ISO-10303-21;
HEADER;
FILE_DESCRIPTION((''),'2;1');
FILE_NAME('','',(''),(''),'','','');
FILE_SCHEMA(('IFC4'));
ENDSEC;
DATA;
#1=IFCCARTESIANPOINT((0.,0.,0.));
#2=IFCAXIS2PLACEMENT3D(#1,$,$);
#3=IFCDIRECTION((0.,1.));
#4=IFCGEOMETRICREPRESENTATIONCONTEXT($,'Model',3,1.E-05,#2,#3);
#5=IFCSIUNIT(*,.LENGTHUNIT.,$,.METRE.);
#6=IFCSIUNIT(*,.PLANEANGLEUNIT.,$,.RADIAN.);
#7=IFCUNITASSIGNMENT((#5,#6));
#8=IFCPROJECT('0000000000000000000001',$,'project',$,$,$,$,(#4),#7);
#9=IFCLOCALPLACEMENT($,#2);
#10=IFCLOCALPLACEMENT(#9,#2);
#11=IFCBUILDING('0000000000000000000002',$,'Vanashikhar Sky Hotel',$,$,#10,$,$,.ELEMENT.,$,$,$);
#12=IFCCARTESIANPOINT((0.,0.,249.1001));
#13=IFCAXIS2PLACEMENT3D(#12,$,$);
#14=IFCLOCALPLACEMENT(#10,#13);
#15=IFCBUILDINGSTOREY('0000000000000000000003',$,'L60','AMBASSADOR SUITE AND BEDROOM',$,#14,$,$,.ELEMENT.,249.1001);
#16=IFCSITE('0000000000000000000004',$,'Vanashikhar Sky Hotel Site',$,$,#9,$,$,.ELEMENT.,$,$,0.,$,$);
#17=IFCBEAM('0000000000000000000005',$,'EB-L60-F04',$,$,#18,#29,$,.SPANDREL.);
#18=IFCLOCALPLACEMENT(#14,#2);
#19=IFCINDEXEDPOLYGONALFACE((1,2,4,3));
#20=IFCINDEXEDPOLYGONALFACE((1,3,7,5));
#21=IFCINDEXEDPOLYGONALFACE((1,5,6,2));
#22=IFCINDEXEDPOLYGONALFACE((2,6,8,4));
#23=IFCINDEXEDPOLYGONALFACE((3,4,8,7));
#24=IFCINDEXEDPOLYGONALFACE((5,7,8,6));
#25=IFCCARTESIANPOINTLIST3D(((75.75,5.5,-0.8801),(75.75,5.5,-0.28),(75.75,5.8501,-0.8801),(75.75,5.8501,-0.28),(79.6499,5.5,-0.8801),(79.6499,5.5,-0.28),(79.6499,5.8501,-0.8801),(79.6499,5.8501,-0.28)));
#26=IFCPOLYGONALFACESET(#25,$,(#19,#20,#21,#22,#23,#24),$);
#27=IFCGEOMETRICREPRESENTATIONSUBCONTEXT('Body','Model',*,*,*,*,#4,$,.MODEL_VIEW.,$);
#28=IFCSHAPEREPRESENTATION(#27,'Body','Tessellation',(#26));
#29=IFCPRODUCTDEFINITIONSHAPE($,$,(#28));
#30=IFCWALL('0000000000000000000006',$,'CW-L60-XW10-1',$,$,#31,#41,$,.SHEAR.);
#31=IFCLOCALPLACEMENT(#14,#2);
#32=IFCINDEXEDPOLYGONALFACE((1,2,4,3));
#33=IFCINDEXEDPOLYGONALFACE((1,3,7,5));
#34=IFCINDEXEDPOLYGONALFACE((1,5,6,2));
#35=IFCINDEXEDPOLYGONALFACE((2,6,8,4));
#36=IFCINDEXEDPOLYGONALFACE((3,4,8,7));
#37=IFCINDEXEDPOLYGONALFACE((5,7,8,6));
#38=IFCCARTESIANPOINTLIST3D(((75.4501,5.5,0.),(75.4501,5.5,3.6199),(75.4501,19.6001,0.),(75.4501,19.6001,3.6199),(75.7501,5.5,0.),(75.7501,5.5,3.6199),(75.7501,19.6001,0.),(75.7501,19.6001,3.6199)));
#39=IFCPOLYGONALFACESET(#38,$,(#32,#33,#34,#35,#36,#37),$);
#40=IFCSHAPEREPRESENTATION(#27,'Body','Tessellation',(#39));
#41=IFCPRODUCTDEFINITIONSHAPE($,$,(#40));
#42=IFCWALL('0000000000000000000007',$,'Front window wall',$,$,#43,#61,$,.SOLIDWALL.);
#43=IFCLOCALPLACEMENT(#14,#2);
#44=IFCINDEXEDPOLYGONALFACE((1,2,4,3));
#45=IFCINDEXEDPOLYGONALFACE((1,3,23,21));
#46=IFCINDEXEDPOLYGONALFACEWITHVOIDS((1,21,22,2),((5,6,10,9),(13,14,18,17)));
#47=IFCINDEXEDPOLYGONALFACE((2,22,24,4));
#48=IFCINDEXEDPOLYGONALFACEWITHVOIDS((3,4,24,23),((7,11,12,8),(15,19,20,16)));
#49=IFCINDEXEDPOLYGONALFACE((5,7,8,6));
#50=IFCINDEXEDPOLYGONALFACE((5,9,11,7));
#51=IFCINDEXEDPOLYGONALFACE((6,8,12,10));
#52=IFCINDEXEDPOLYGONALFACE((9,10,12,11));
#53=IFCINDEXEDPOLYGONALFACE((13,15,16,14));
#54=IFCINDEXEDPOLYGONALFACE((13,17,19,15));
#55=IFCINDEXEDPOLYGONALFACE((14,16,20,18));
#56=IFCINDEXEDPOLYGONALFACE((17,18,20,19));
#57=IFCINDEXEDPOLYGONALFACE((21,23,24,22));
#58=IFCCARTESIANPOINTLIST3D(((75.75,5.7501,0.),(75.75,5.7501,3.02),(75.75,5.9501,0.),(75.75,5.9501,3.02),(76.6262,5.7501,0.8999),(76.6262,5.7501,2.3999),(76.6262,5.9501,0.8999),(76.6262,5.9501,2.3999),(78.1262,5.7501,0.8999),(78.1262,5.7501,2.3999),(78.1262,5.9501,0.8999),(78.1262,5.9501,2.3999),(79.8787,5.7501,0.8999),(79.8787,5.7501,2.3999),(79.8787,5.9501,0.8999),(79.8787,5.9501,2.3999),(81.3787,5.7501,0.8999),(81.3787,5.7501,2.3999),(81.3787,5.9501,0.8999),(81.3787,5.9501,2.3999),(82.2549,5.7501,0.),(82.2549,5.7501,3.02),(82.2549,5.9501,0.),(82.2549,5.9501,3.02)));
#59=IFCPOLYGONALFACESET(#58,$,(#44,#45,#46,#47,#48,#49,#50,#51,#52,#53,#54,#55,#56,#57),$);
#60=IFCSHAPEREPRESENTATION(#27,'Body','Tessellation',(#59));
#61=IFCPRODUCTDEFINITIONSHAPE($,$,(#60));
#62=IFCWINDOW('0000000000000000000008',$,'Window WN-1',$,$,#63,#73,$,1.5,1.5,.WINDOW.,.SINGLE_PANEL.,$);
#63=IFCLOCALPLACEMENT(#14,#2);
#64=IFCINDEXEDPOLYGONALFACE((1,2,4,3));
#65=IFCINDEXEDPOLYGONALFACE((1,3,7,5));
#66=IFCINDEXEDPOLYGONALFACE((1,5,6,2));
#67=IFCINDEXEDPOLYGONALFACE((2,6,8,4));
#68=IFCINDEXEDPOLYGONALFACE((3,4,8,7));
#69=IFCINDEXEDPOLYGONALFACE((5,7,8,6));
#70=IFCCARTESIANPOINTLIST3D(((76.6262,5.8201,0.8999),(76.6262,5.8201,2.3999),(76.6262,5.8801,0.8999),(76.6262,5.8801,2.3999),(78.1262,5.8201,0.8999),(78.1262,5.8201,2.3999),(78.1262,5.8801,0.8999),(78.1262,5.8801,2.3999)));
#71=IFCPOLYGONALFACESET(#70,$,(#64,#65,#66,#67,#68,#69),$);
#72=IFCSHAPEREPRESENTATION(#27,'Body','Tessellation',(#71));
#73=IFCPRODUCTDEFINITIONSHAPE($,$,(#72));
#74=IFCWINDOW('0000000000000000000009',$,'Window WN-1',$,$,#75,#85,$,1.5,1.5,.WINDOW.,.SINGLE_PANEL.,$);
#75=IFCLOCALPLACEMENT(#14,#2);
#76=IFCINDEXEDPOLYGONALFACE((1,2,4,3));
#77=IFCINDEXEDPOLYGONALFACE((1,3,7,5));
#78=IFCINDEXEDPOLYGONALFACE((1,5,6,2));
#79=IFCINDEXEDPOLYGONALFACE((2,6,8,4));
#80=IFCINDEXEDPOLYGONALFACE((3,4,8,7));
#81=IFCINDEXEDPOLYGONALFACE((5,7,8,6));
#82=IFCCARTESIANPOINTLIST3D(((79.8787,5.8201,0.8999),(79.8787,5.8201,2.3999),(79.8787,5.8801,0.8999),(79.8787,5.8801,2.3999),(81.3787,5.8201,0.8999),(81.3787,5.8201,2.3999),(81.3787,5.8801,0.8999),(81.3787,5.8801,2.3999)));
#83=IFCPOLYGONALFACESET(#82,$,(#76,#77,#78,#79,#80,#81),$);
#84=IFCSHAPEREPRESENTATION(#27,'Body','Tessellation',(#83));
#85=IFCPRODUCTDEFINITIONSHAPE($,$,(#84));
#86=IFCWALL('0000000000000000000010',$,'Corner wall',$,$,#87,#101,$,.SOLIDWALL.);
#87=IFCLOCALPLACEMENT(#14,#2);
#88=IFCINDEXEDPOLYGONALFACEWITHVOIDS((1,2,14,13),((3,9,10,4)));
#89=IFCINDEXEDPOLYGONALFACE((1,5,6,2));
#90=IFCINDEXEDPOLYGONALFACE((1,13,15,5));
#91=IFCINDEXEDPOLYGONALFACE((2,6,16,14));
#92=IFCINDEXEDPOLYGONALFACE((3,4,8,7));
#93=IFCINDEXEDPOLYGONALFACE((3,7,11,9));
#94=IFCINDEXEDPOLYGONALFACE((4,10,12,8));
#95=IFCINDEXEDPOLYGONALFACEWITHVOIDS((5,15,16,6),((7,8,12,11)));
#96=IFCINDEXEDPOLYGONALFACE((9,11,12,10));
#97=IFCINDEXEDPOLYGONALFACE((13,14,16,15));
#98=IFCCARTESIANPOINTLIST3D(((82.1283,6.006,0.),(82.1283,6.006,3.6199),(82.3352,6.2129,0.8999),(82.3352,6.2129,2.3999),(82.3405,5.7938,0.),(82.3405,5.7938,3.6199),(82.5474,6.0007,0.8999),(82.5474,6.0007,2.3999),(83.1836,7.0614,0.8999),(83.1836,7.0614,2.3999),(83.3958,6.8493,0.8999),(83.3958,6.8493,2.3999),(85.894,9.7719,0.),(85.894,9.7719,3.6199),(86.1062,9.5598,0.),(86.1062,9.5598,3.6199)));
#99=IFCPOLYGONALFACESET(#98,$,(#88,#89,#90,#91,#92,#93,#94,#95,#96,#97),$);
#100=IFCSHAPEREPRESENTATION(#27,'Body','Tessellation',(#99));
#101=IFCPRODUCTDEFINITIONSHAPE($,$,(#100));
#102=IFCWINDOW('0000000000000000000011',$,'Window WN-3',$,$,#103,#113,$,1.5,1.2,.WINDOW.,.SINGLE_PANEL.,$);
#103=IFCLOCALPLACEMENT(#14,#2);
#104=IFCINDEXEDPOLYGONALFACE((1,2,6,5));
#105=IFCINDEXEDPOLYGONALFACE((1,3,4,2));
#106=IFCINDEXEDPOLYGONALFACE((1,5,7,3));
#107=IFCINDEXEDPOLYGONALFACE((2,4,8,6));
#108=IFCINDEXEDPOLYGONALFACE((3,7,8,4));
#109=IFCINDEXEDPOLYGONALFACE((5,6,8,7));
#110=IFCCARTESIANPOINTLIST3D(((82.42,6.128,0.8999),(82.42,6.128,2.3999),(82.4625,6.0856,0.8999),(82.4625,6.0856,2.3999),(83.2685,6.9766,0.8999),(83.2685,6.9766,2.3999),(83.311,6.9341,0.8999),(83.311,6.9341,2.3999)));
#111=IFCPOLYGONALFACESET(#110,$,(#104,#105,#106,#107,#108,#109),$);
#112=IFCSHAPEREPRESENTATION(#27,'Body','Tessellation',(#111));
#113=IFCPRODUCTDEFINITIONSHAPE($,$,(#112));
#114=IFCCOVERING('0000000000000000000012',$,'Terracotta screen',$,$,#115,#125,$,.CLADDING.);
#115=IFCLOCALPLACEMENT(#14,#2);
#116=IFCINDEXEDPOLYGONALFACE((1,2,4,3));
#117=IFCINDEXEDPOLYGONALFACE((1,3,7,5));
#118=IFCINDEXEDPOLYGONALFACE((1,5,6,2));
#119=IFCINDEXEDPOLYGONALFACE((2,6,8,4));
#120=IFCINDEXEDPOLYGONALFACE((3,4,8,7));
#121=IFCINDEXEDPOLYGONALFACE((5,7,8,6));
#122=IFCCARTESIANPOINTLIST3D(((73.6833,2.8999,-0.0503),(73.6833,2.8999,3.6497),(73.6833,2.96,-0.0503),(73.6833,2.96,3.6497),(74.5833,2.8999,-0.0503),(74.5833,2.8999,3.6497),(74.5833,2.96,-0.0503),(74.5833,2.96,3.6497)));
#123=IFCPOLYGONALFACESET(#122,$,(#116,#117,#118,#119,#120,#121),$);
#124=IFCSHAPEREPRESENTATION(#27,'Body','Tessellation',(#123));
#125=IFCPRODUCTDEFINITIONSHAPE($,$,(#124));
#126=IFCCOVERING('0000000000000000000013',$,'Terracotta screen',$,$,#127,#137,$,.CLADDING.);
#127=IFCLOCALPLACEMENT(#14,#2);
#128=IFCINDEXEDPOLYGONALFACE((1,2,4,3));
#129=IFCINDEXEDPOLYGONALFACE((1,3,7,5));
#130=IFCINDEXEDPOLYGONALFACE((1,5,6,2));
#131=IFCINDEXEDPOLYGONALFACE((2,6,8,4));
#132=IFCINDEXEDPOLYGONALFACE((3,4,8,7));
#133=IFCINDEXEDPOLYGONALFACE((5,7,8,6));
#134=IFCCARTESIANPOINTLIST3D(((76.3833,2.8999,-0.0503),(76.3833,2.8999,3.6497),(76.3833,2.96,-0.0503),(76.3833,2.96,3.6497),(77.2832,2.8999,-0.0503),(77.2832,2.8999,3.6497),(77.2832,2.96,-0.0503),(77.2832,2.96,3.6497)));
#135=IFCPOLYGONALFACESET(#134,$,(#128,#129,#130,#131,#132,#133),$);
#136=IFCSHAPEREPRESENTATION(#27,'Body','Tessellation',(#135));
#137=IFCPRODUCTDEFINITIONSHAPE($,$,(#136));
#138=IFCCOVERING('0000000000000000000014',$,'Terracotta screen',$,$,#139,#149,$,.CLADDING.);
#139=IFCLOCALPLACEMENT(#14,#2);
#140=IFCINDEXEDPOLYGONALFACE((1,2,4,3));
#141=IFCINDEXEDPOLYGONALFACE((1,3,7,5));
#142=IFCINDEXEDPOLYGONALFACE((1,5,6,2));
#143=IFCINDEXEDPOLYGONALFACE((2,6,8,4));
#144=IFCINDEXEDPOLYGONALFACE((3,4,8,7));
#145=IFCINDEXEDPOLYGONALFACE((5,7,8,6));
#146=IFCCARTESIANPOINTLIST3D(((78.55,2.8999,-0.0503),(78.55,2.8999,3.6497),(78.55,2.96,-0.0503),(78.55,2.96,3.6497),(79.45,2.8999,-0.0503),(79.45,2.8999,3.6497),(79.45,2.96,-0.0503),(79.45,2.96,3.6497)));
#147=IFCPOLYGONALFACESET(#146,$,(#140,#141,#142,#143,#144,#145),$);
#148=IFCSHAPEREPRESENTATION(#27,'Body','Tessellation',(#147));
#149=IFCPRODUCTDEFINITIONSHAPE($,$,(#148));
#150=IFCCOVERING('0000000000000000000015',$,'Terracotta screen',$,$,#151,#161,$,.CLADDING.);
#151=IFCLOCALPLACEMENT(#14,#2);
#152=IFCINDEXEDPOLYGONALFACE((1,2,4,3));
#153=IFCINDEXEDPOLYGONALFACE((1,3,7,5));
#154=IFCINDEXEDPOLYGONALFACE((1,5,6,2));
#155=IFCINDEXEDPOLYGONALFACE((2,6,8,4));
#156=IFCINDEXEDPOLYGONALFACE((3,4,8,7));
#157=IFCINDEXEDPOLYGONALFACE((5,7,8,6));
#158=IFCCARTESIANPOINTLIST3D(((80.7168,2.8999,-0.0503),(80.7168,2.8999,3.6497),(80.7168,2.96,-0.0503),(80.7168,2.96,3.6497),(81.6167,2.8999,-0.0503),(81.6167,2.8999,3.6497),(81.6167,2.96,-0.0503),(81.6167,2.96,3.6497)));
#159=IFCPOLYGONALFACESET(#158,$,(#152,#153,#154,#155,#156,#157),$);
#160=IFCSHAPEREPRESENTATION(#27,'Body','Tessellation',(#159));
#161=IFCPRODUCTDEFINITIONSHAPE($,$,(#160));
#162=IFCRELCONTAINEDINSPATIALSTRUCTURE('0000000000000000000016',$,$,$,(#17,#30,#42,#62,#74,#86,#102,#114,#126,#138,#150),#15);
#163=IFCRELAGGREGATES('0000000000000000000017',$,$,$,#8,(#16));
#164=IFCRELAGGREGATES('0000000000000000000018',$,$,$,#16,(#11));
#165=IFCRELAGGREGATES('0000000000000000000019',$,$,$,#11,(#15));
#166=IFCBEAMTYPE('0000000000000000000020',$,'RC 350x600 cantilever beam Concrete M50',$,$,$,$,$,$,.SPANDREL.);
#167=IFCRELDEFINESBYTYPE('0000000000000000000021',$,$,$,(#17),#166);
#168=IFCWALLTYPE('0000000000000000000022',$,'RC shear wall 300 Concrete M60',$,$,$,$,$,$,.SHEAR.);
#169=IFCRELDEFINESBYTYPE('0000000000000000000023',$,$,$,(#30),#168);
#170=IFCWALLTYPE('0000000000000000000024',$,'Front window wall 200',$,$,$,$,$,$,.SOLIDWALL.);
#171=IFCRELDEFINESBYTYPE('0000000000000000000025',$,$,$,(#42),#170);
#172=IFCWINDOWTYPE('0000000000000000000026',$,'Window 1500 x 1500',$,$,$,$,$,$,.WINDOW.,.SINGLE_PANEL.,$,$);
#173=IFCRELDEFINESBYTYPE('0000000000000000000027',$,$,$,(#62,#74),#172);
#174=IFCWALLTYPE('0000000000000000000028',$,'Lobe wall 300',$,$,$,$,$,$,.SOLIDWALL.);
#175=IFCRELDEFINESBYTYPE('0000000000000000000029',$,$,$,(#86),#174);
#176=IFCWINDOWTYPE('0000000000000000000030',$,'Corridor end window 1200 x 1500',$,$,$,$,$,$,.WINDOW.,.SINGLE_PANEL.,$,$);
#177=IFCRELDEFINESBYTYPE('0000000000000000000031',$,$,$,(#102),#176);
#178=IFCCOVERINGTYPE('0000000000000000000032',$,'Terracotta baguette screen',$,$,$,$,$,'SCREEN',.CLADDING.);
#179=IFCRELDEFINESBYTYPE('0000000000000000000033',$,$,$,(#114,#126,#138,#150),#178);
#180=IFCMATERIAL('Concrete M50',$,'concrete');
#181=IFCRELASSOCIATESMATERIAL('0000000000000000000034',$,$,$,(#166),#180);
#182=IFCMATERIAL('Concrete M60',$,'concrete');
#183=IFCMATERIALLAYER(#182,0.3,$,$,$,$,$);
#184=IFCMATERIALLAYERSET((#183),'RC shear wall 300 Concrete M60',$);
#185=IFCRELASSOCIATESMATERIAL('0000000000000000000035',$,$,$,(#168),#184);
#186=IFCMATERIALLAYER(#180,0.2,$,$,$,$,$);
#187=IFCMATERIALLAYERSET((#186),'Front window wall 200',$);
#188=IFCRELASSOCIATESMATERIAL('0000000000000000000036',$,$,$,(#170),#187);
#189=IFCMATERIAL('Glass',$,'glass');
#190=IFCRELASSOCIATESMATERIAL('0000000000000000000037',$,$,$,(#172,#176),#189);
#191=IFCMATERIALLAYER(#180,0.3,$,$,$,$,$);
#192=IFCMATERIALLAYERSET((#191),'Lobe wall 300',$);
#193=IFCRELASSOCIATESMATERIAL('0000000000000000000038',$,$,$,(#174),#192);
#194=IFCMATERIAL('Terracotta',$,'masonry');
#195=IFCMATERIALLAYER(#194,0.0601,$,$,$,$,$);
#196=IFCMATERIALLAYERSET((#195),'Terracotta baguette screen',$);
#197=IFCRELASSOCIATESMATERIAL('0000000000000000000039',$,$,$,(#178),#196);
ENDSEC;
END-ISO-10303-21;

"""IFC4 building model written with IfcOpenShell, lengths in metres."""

from ifc_helpers import new_model, si_unit, direction, frame, frame_2d, origin, origin_2d, place, context, subcontext, project, spatial, rectangle, extrude, source, transform, mapped, material, layer, layer_set, material_profile, profile_set, type_object, element, fill, save


model = new_model("IFC4")

# Units and contexts
model_context = context("Model", 3, precision=1e-05, world=origin(), true_north=direction((0.0, 1.0)))
body_context = subcontext(model_context, "Body", "Model", "MODEL_VIEW")
ifc_project = project(units=[si_unit("LENGTHUNIT", "METRE"), si_unit("PLANEANGLEUNIT", "RADIAN")], contexts=[model_context])

# Site, building, storey
site_placement = place(None, origin())
site = spatial("IfcSite", under=ifc_project, at=site_placement, Name="Vanashikhar Sky Hotel Site", CompositionType="ELEMENT", RefElevation=0.0)
building_placement = place(site_placement, origin())
building = spatial("IfcBuilding", under=site, at=building_placement, Name="Vanashikhar Sky Hotel", CompositionType="ELEMENT")
storey_placement = place(building_placement, frame((0.0, 0.0, 249.1001)))
storey = spatial("IfcBuildingStorey", under=building, at=storey_placement, Name="L60", Description="AMBASSADOR SUITE AND BEDROOM", CompositionType="ELEMENT", Elevation=249.1001)

# Beam
ifc_material_1 = material(Name="Concrete M50", Category="concrete")
ifc_material_profile = material_profile(ifc_material_1, rectangle(XDim=0.3501, YDim=0.6001, at=origin_2d()))
ifc_profile_set = profile_set([ifc_material_profile], Name="RC 350x600 cantilever beam Concrete M50")
beam_type = type_object("IfcBeamType", Name="RC 350x600 cantilever beam Concrete M50", PredefinedType="SPANDREL", material=ifc_profile_set)
shared_shape_1 = source(origin(), body_context, "Body", "SweptSolid", [
    extrude(rectangle(XDim=0.3501, YDim=0.6001, at=origin_2d()), origin(), (0.0, 0.0, 1.0), 3.8999),
])
beam_placement = place(storey_placement, frame((75.75, 5.675, -0.5801), z_axis=(1.0, 0.0, 0.0), x_axis=(0.0, 1.0, 0.0)))
element("IfcBeam", 1, at=beam_placement, inside=storey, type_object=beam_type, Name="EB-L60-F04", PredefinedType="SPANDREL", context=body_context, shape_type="MappedRepresentation", body=[
    mapped(shared_shape_1, transform((0.0, 0.0, 0.0), scale=1.0)),
])

# Wall
ifc_material_2 = material(Name="Concrete M60", Category="concrete")
ifc_layer_1 = layer(ifc_material_2, 0.3)
ifc_layer_set_1 = layer_set([ifc_layer_1], Name="RC shear wall 300 Concrete M60")
wall_type_1 = type_object("IfcWallType", Name="RC shear wall 300 Concrete M60", PredefinedType="SHEAR", material=ifc_layer_set_1)
shared_shape_2 = source(origin(), body_context, "Body", "SweptSolid", [
    extrude(rectangle(XDim=14.1001, YDim=0.3, at=frame_2d((7.05, 0.0))), origin(), (0.0, 0.0, 1.0), 3.6199),
])
wall_1_placement = place(storey_placement, frame((75.6001, 5.5, 0.0), z_axis=(0.0, 0.0, 1.0), x_axis=(0.0, 1.0, 0.0)))
element("IfcWall", 2, at=wall_1_placement, inside=storey, type_object=wall_type_1, Name="CW-L60-XW10-1", PredefinedType="SHEAR", context=body_context, shape_type="MappedRepresentation", body=[
    mapped(shared_shape_2, transform((0.0, 0.0, 0.0), scale=1.0)),
])

# Wall, openings, windows
ifc_layer_2 = layer(ifc_material_1, 0.2)
ifc_layer_set_2 = layer_set([ifc_layer_2], Name="Front window wall 200")
wall_type_2 = type_object("IfcWallType", Name="Front window wall 200", PredefinedType="SOLIDWALL", material=ifc_layer_set_2)
shared_shape_3 = source(origin(), body_context, "Body", "SweptSolid", [
    extrude(rectangle(XDim=6.5049, YDim=0.2, at=frame_2d((3.2524, 0.0))), origin(), (0.0, 0.0, 1.0), 3.02),
])
wall_2_placement = place(storey_placement, frame((75.75, 5.8501, 0.0), z_axis=(0.0, 0.0, 1.0), x_axis=(1.0, 0.0, 0.0)))
wall_2 = element("IfcWall", 3, at=wall_2_placement, inside=storey, type_object=wall_type_2, Name="Front window wall", PredefinedType="SOLIDWALL", context=body_context, shape_type="MappedRepresentation", body=[
    mapped(shared_shape_3, transform((0.0, 0.0, 0.0), scale=1.0)),
])
shared_shape_4 = source(origin(), body_context, "Body", "SweptSolid", [
    extrude(rectangle(XDim=1.5, YDim=1.5, at=frame_2d((0.75, 0.75))), frame((0.0, 0.1099, 0.0), z_axis=(0.0, -1.0, 0.0), x_axis=(1.0, 0.0, 0.0)), (0.0, 0.0, 1.0), 0.22),
])
opening_1_placement = place(wall_2_placement, frame((0.8762, 0.0, 0.8999)))
opening_1 = element("IfcOpeningElement", 4, at=opening_1_placement, cuts=wall_2, PredefinedType="OPENING", context=body_context, shape_type="MappedRepresentation", body=[
    mapped(shared_shape_4, transform((0.0, 0.0, 0.0), scale=1.0)),
])
opening_2_placement = place(wall_2_placement, frame((4.1287, 0.0, 0.8999)))
opening_2 = element("IfcOpeningElement", 5, at=opening_2_placement, cuts=wall_2, PredefinedType="OPENING", context=body_context, shape_type="MappedRepresentation", body=[
    mapped(shared_shape_4, transform((0.0, 0.0, 0.0), scale=1.0)),
])
ifc_material_3 = material(Name="Glass", Category="glass")
window_type_1 = type_object("IfcWindowType", Name="Window 1500 x 1500", PartitioningType="SINGLE_PANEL", PredefinedType="WINDOW", material=ifc_material_3)
shared_shape_5 = source(origin(), body_context, "Body", "SweptSolid", [
    extrude(rectangle(XDim=1.5, YDim=1.5, at=frame_2d((0.75, 0.75))), frame((0.0, 0.03, 0.0), z_axis=(0.0, -1.0, 0.0), x_axis=(1.0, 0.0, 0.0)), (0.0, 0.0, 1.0), 0.0601),
])
window_1_placement = place(opening_1_placement, origin())
window_1 = element("IfcWindow", 6, at=window_1_placement, inside=storey, type_object=window_type_1, Name="Window WN-1", OverallHeight=1.5, OverallWidth=1.5, PartitioningType="SINGLE_PANEL", PredefinedType="WINDOW", context=body_context, shape_type="MappedRepresentation", body=[
    mapped(shared_shape_5, transform((0.0, 0.0, 0.0), scale=1.0)),
])
fill(opening_1, window_1)
window_2_placement = place(opening_2_placement, origin())
window_2 = element("IfcWindow", 7, at=window_2_placement, inside=storey, type_object=window_type_1, Name="Window WN-1", OverallHeight=1.5, OverallWidth=1.5, PartitioningType="SINGLE_PANEL", PredefinedType="WINDOW", context=body_context, shape_type="MappedRepresentation", body=[
    mapped(shared_shape_5, transform((0.0, 0.0, 0.0), scale=1.0)),
])
fill(opening_2, window_2)

# Wall, opening, window
ifc_layer_3 = layer(ifc_material_1, 0.3)
ifc_layer_set_3 = layer_set([ifc_layer_3], Name="Lobe wall 300")
wall_type_3 = type_object("IfcWallType", Name="Lobe wall 300", PredefinedType="SOLIDWALL", material=ifc_layer_set_3)
shared_shape_6 = source(origin(), body_context, "Body", "SweptSolid", [
    extrude(rectangle(XDim=5.3257, YDim=0.3, at=frame_2d((2.6628, 0.0))), origin(), (0.0, 0.0, 1.0), 3.6199),
])
wall_3_placement = place(storey_placement, frame((82.2344, 5.8999, 0.0), z_axis=(0.0, 0.0, 1.0), x_axis=(0.707084, 0.70713, 0.0)))
wall_3 = element("IfcWall", 8, at=wall_3_placement, inside=storey, type_object=wall_type_3, Name="Corner wall", PredefinedType="SOLIDWALL", context=body_context, shape_type="MappedRepresentation", body=[
    mapped(shared_shape_6, transform((0.0, 0.0, 0.0), scale=1.0)),
])
shared_shape_7 = source(origin(), body_context, "Body", "SweptSolid", [
    extrude(rectangle(XDim=1.2, YDim=1.5, at=frame_2d((0.6001, 0.75))), frame((0.0, 0.1602, 0.0), z_axis=(0.0, -1.0, 0.0), x_axis=(1.0, 0.0, 0.0)), (0.0, 0.0, 1.0), 0.3201),
])
opening_3_placement = place(wall_3_placement, frame((0.2925, 0.0, 0.8999)))
opening_3 = element("IfcOpeningElement", 9, at=opening_3_placement, cuts=wall_3, PredefinedType="OPENING", context=body_context, shape_type="MappedRepresentation", body=[
    mapped(shared_shape_7, transform((0.0, 0.0, 0.0), scale=1.0)),
])
window_type_2 = type_object("IfcWindowType", Name="Corridor end window 1200 x 1500", PartitioningType="SINGLE_PANEL", PredefinedType="WINDOW", material=ifc_material_3)
shared_shape_8 = source(origin(), body_context, "Body", "SweptSolid", [
    extrude(rectangle(XDim=1.2, YDim=1.5, at=frame_2d((0.6001, 0.75))), frame((0.0, 0.03, 0.0), z_axis=(0.0, -1.0, 0.0), x_axis=(1.0, 0.0, 0.0)), (0.0, 0.0, 1.0), 0.0601),
])
window_3_placement = place(opening_3_placement, origin())
window_3 = element("IfcWindow", 10, at=window_3_placement, inside=storey, type_object=window_type_2, Name="Window WN-3", OverallHeight=1.5, OverallWidth=1.2, PartitioningType="SINGLE_PANEL", PredefinedType="WINDOW", context=body_context, shape_type="MappedRepresentation", body=[
    mapped(shared_shape_8, transform((0.0, 0.0, 0.0), scale=1.0)),
])
fill(opening_3, window_3)

# Coverings
ifc_material_4 = material(Name="Terracotta", Category="masonry")
ifc_layer_4 = layer(ifc_material_4, 0.0601)
ifc_layer_set_4 = layer_set([ifc_layer_4], Name="Terracotta baguette screen")
covering_type = type_object("IfcCoveringType", Name="Terracotta baguette screen", ElementType="SCREEN", PredefinedType="CLADDING", material=ifc_layer_set_4)
shared_shape_9 = source(origin(), body_context, "Body", "SweptSolid", [
    extrude(rectangle(XDim=0.8999, YDim=0.0601, at=origin_2d()), origin(), (0.0, 0.0, 1.0), 3.7),
])
for number, where, z_axis, x_axis, name in (
    (11, (74.1333, 2.9299, -0.0503), (0.0, 0.0, 1.0), (1.0, 0.0, 0.0), "Terracotta screen"),
    (12, (76.8333, 2.9299, -0.0503), (0.0, 0.0, 1.0), (1.0, 0.0, 0.0), "Terracotta screen"),
    (13, (79.0, 2.9299, -0.0503), (0.0, 0.0, 1.0), (1.0, 0.0, 0.0), "Terracotta screen"),
    (14, (81.1667, 2.9299, -0.0503), (0.0, 0.0, 1.0), (1.0, 0.0, 0.0), "Terracotta screen"),
):
    element("IfcCovering", number, at=place(storey_placement, frame(where, z_axis=z_axis, x_axis=x_axis)), inside=storey, type_object=covering_type, Name=name, PredefinedType="CLADDING", context=body_context, shape_type="MappedRepresentation", body=[
        mapped(shared_shape_9, transform((0.0, 0.0, 0.0), scale=1.0)),
    ])

save(model, "model.ifc")
